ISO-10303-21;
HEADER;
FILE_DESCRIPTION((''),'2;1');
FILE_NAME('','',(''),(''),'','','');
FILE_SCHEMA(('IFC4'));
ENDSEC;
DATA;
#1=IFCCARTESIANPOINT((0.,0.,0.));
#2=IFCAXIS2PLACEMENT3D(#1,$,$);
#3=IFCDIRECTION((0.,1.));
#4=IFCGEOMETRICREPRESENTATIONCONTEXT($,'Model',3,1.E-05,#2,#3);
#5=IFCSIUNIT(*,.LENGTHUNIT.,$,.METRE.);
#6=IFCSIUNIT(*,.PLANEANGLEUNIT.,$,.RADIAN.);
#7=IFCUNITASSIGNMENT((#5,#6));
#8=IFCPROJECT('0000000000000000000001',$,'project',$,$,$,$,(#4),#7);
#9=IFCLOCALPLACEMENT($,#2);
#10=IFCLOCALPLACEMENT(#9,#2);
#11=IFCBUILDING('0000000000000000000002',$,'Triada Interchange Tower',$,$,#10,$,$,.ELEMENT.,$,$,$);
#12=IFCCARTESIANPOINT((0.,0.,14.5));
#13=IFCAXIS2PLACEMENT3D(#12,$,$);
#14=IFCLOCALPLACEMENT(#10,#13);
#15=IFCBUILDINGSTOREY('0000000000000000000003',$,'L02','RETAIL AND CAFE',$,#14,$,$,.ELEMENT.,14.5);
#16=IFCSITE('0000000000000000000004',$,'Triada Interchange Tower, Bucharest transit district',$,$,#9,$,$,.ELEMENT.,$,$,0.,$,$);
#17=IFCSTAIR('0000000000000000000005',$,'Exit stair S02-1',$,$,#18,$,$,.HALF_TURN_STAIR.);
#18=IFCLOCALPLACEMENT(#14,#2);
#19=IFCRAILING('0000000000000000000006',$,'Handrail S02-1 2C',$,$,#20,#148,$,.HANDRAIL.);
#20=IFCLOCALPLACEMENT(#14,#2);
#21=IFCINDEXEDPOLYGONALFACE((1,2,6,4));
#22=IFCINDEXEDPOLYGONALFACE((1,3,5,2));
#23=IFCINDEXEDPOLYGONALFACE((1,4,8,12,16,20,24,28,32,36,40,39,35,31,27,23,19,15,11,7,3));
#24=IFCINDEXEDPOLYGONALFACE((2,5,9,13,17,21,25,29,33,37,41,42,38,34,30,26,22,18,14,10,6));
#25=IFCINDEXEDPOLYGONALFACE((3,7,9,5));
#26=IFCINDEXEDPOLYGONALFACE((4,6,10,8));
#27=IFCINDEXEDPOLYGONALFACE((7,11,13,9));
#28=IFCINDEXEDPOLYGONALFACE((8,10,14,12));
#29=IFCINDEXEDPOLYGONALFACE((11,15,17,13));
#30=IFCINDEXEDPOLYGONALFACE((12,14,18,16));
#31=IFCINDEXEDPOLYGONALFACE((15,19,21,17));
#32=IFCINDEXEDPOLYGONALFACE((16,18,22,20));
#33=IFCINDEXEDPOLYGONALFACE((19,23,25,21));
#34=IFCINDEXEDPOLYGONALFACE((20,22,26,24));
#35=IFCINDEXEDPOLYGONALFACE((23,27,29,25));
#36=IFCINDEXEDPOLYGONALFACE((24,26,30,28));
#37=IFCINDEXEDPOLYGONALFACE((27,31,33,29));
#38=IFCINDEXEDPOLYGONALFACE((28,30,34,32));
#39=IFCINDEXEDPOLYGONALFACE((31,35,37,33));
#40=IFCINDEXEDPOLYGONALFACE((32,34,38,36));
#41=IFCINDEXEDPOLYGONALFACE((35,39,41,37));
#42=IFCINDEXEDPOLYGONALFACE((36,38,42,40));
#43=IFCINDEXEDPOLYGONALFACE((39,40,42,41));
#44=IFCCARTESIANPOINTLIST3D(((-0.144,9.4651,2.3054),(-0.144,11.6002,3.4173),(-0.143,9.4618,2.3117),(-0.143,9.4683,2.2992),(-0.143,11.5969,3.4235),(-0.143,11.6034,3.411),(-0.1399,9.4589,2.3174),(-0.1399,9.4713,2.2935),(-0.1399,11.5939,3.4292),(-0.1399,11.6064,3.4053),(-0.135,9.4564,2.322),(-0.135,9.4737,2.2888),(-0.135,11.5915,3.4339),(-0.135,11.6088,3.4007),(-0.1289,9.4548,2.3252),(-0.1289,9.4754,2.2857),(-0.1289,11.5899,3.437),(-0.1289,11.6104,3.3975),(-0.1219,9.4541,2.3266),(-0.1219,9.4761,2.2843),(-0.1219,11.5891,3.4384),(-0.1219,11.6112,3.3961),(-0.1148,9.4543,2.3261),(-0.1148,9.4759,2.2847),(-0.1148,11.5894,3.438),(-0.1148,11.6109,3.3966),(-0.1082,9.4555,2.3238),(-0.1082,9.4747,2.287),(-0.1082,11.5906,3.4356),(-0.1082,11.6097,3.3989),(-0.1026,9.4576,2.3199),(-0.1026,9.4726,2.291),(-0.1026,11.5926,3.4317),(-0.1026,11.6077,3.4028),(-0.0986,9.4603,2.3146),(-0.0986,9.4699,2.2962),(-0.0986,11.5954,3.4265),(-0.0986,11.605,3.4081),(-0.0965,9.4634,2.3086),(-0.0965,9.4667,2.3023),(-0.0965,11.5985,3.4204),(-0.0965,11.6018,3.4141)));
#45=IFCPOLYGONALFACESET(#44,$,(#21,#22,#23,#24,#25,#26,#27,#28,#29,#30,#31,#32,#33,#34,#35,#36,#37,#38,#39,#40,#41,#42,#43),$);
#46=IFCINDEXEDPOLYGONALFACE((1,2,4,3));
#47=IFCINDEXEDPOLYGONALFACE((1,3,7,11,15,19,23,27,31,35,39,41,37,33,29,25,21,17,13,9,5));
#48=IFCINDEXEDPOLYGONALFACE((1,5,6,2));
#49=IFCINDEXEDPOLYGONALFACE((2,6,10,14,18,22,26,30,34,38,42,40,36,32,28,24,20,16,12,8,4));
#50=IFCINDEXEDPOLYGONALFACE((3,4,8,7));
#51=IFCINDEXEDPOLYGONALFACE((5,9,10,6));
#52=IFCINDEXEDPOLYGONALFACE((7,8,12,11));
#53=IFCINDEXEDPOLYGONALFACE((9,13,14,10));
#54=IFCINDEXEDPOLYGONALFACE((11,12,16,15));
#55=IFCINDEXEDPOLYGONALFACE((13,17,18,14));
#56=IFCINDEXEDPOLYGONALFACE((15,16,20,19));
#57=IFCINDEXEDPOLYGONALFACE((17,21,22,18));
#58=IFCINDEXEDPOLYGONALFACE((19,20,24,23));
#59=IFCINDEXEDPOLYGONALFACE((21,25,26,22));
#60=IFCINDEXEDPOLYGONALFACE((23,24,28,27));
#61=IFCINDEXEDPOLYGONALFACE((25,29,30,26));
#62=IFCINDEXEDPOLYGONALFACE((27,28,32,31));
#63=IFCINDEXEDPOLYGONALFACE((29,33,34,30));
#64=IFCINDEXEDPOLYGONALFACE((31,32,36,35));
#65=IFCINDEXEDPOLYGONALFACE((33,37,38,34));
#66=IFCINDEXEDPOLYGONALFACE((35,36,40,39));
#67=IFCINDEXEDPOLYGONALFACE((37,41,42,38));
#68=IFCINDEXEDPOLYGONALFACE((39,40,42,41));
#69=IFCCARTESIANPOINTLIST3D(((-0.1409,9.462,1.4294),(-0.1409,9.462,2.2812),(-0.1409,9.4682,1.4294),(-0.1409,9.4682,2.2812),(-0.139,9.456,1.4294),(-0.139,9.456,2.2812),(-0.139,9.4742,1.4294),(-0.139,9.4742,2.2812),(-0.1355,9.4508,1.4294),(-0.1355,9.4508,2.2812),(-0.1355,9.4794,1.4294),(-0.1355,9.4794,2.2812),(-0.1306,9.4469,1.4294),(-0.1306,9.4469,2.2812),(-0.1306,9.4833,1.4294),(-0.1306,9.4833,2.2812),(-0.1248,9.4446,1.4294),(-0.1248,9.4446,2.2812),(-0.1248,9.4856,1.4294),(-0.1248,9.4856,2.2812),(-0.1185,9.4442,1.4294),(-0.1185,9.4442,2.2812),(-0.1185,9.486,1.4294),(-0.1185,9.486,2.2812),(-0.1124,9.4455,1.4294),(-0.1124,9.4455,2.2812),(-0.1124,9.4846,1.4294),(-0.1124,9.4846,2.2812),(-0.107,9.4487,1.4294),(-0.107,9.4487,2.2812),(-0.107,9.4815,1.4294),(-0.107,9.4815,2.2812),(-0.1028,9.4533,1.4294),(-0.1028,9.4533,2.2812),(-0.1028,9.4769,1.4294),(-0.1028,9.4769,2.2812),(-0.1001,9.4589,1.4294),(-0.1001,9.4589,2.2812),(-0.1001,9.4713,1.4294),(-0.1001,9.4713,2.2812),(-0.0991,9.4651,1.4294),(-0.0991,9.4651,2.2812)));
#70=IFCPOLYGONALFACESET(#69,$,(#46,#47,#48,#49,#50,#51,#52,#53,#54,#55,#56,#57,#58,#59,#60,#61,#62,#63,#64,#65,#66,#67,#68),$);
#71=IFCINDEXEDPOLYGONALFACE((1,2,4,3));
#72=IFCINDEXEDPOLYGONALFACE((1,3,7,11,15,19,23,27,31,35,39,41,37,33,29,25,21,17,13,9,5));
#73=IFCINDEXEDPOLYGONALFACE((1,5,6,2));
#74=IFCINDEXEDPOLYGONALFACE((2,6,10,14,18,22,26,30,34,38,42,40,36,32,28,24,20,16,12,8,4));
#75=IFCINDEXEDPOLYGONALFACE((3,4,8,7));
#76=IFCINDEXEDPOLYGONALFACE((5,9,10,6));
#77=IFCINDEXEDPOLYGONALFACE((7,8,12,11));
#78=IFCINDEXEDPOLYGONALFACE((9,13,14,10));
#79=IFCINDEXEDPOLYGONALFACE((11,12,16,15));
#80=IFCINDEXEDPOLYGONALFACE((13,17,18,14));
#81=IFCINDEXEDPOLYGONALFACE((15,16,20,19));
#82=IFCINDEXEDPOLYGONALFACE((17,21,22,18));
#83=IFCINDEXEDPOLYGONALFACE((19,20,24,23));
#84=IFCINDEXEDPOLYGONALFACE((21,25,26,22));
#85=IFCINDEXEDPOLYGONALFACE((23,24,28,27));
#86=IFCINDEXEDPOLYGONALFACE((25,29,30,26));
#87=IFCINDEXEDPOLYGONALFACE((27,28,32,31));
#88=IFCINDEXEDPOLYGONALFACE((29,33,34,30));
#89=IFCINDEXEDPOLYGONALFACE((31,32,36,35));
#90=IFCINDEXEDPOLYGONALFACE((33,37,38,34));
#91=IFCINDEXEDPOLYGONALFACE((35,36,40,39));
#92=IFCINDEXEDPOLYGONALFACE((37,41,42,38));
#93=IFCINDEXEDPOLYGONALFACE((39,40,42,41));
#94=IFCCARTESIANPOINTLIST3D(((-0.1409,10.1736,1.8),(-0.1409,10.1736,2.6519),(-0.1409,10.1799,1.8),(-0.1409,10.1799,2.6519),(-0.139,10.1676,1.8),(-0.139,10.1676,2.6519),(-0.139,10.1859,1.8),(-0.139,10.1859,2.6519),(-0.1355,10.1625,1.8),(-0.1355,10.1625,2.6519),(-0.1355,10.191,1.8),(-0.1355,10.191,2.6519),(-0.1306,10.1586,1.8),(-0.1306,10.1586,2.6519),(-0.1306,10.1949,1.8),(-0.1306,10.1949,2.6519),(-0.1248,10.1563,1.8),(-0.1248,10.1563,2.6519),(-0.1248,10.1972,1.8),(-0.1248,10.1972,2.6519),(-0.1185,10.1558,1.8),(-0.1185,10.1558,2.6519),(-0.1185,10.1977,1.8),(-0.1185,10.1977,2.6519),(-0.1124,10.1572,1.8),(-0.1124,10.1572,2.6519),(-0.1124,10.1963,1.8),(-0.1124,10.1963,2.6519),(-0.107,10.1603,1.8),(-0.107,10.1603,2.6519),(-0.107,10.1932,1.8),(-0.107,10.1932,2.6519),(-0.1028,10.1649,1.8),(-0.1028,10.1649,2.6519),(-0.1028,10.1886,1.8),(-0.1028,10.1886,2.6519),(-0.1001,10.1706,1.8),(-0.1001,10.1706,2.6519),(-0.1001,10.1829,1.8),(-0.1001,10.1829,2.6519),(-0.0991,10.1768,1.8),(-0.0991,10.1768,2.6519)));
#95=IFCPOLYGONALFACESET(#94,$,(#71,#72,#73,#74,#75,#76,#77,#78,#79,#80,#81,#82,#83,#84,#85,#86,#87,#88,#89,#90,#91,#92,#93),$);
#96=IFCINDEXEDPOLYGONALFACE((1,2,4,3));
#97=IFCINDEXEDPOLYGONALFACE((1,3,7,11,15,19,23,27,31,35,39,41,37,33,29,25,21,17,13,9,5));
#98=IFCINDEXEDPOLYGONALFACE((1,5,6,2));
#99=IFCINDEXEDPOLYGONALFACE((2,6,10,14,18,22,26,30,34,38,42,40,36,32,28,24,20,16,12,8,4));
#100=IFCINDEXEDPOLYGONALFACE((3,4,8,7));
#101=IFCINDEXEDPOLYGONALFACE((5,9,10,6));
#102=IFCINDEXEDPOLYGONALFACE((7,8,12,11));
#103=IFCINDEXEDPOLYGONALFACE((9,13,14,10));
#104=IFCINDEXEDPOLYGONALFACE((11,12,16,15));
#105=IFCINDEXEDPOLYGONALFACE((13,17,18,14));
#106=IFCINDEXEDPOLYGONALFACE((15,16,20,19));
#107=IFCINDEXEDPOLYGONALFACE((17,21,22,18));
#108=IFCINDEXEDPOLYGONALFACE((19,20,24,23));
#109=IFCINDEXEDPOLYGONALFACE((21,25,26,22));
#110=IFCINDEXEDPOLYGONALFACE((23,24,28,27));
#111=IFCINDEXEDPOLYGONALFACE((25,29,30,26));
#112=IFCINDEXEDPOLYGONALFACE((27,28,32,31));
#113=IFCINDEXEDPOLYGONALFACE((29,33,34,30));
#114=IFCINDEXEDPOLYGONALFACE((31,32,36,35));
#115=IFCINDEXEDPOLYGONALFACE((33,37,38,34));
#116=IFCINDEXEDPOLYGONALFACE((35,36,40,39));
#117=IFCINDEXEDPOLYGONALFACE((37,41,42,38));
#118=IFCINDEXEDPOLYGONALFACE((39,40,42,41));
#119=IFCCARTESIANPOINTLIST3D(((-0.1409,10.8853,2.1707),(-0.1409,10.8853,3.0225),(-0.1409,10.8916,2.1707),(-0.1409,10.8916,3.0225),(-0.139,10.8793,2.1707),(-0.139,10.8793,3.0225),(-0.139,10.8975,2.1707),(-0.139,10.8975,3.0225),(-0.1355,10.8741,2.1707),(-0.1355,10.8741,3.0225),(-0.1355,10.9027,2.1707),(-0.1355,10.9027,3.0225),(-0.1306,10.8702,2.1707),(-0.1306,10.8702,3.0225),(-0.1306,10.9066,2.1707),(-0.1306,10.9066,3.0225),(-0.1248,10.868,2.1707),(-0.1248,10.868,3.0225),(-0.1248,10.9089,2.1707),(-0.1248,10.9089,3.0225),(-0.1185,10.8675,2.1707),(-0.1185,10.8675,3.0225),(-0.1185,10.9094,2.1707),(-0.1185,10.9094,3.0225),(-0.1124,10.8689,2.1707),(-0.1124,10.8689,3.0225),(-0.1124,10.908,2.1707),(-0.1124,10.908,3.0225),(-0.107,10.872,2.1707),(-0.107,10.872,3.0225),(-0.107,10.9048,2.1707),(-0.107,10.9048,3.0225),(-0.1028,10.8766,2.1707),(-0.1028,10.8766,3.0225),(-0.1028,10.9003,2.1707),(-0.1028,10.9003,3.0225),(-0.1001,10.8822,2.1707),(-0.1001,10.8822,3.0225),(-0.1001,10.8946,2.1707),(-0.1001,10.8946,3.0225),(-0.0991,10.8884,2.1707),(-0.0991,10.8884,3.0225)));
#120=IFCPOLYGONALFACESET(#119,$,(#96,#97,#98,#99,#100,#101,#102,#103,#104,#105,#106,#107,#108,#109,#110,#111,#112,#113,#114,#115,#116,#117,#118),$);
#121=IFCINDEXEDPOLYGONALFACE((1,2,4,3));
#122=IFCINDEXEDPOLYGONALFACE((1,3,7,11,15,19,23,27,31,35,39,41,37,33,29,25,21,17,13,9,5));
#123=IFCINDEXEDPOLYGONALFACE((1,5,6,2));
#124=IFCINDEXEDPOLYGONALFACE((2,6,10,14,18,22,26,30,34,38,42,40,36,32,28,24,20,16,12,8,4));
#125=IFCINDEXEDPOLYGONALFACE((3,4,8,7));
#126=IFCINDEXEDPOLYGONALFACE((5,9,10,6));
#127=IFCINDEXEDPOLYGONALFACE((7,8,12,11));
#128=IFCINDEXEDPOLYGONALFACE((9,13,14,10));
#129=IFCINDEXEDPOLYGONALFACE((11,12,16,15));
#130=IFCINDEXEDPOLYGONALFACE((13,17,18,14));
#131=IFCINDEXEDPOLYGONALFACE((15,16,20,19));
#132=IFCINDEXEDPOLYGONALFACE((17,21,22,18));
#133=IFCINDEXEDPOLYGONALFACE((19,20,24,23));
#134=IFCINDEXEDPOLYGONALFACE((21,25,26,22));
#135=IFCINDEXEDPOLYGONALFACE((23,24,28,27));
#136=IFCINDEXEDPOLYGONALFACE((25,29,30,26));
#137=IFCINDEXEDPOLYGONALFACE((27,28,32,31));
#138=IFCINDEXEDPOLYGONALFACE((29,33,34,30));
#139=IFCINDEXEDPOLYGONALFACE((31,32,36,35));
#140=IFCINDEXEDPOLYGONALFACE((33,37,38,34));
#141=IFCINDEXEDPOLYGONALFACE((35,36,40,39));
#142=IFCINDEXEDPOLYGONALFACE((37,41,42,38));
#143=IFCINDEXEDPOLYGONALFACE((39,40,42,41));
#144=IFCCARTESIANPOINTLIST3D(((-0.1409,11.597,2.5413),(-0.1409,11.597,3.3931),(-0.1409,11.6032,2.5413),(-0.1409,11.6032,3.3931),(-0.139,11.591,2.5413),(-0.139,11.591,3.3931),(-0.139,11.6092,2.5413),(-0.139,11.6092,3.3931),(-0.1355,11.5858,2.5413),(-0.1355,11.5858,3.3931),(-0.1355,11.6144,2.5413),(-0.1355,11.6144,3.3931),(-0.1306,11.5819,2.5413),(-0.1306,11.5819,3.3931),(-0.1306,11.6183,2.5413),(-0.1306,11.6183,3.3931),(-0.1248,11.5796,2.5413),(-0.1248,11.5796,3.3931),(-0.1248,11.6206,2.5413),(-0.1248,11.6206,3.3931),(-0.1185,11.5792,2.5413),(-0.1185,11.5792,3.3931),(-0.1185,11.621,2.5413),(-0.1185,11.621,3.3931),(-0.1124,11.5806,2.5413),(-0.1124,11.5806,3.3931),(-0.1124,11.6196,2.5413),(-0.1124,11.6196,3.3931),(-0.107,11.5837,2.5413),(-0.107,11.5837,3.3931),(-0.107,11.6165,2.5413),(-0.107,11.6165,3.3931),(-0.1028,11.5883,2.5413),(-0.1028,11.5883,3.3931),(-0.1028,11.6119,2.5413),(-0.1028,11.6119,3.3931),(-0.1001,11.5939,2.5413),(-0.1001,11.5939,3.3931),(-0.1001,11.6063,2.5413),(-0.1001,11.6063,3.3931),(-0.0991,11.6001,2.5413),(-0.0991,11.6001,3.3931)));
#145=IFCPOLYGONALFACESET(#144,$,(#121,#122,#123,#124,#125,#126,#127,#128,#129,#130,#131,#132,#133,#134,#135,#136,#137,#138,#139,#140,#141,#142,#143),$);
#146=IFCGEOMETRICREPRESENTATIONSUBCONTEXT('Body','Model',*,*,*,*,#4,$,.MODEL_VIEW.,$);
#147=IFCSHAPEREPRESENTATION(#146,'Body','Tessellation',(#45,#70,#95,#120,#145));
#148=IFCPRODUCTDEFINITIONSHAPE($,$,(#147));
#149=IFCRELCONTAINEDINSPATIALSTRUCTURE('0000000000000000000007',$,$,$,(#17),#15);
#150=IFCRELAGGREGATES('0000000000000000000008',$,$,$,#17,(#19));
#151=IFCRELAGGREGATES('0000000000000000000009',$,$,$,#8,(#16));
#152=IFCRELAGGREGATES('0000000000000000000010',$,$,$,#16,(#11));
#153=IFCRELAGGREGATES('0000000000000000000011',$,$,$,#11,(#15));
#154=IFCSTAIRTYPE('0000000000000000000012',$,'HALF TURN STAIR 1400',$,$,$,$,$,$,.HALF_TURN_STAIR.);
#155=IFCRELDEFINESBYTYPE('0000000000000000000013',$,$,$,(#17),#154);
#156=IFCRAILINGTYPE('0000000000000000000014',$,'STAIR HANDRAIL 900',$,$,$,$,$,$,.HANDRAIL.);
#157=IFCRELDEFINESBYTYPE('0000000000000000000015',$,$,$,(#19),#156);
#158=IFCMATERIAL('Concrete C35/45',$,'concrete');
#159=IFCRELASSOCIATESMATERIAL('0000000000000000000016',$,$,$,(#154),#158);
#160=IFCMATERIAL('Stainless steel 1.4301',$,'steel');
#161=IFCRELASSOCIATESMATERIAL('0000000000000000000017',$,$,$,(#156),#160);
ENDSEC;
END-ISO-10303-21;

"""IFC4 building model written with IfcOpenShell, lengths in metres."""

from ifc_helpers import new_model, si_unit, direction, frame, origin, origin_2d, place, context, subcontext, project, spatial, circle, extrude, material, type_object, element, aggregate, save


model = new_model("IFC4")

# Units and contexts
model_context = context("Model", 3, precision=1e-05, world=origin(), true_north=direction((0.0, 1.0)))
body_context = subcontext(model_context, "Body", "Model", "MODEL_VIEW")
ifc_project = project(units=[si_unit("LENGTHUNIT", "METRE"), si_unit("PLANEANGLEUNIT", "RADIAN")], contexts=[model_context])

# Site, building, storey
site_placement = place(None, origin())
site = spatial("IfcSite", under=ifc_project, at=site_placement, Name="Triada Interchange Tower, Bucharest transit district", CompositionType="ELEMENT", RefElevation=0.0)
building_placement = place(site_placement, origin())
building = spatial("IfcBuilding", under=site, at=building_placement, Name="Triada Interchange Tower", CompositionType="ELEMENT")
storey_placement = place(building_placement, frame((0.0, 0.0, 14.5)))
storey = spatial("IfcBuildingStorey", under=building, at=storey_placement, Name="L02", Description="RETAIL AND CAFE", CompositionType="ELEMENT", Elevation=14.5)

# Stair, railing
ifc_material_1 = material(Name="Concrete C35/45", Category="concrete")
stair_type = type_object("IfcStairType", Name="HALF TURN STAIR 1400", PredefinedType="HALF_TURN_STAIR", material=ifc_material_1)
stair_placement = place(storey_placement, origin())
stair = element("IfcStair", 1, at=stair_placement, inside=storey, type_object=stair_type, Name="Exit stair S02-1", PredefinedType="HALF_TURN_STAIR")
ifc_material_2 = material(Name="Stainless steel 1.4301", Category="steel")
railing_type = type_object("IfcRailingType", Name="STAIR HANDRAIL 900", PredefinedType="HANDRAIL", material=ifc_material_2)
railing_1_placement = place(storey_placement, frame((-0.1201, 9.4651, 1.4294)))
railing_1 = element("IfcRailing", 2, at=railing_1_placement, type_object=railing_type, Name="Handrail S02-1 2C", PredefinedType="HANDRAIL", context=body_context, shape_type="SweptSolid", body=[
    extrude(circle(Radius=0.0239, at=origin_2d()), frame((0.0, 0.0, 0.876), z_axis=(0.0, 0.886943, 0.46188), x_axis=(-1.0, 0.0, 0.0)), (0.0, 0.0, 1.0), 2.4072),
    extrude(circle(Radius=0.021, at=origin_2d()), origin(), (0.0, 0.0, 1.0), 0.8518),
    extrude(circle(Radius=0.021, at=origin_2d()), frame((0.0, 0.7117, 0.3706)), (0.0, 0.0, 1.0), 0.8518),
    extrude(circle(Radius=0.021, at=origin_2d()), frame((0.0, 1.4233, 0.7412)), (0.0, 0.0, 1.0), 0.8518),
    extrude(circle(Radius=0.021, at=origin_2d()), frame((0.0, 2.135, 1.1118)), (0.0, 0.0, 1.0), 0.8518),
])
aggregate(stair, [railing_1])

save(model, "model.ifc")
